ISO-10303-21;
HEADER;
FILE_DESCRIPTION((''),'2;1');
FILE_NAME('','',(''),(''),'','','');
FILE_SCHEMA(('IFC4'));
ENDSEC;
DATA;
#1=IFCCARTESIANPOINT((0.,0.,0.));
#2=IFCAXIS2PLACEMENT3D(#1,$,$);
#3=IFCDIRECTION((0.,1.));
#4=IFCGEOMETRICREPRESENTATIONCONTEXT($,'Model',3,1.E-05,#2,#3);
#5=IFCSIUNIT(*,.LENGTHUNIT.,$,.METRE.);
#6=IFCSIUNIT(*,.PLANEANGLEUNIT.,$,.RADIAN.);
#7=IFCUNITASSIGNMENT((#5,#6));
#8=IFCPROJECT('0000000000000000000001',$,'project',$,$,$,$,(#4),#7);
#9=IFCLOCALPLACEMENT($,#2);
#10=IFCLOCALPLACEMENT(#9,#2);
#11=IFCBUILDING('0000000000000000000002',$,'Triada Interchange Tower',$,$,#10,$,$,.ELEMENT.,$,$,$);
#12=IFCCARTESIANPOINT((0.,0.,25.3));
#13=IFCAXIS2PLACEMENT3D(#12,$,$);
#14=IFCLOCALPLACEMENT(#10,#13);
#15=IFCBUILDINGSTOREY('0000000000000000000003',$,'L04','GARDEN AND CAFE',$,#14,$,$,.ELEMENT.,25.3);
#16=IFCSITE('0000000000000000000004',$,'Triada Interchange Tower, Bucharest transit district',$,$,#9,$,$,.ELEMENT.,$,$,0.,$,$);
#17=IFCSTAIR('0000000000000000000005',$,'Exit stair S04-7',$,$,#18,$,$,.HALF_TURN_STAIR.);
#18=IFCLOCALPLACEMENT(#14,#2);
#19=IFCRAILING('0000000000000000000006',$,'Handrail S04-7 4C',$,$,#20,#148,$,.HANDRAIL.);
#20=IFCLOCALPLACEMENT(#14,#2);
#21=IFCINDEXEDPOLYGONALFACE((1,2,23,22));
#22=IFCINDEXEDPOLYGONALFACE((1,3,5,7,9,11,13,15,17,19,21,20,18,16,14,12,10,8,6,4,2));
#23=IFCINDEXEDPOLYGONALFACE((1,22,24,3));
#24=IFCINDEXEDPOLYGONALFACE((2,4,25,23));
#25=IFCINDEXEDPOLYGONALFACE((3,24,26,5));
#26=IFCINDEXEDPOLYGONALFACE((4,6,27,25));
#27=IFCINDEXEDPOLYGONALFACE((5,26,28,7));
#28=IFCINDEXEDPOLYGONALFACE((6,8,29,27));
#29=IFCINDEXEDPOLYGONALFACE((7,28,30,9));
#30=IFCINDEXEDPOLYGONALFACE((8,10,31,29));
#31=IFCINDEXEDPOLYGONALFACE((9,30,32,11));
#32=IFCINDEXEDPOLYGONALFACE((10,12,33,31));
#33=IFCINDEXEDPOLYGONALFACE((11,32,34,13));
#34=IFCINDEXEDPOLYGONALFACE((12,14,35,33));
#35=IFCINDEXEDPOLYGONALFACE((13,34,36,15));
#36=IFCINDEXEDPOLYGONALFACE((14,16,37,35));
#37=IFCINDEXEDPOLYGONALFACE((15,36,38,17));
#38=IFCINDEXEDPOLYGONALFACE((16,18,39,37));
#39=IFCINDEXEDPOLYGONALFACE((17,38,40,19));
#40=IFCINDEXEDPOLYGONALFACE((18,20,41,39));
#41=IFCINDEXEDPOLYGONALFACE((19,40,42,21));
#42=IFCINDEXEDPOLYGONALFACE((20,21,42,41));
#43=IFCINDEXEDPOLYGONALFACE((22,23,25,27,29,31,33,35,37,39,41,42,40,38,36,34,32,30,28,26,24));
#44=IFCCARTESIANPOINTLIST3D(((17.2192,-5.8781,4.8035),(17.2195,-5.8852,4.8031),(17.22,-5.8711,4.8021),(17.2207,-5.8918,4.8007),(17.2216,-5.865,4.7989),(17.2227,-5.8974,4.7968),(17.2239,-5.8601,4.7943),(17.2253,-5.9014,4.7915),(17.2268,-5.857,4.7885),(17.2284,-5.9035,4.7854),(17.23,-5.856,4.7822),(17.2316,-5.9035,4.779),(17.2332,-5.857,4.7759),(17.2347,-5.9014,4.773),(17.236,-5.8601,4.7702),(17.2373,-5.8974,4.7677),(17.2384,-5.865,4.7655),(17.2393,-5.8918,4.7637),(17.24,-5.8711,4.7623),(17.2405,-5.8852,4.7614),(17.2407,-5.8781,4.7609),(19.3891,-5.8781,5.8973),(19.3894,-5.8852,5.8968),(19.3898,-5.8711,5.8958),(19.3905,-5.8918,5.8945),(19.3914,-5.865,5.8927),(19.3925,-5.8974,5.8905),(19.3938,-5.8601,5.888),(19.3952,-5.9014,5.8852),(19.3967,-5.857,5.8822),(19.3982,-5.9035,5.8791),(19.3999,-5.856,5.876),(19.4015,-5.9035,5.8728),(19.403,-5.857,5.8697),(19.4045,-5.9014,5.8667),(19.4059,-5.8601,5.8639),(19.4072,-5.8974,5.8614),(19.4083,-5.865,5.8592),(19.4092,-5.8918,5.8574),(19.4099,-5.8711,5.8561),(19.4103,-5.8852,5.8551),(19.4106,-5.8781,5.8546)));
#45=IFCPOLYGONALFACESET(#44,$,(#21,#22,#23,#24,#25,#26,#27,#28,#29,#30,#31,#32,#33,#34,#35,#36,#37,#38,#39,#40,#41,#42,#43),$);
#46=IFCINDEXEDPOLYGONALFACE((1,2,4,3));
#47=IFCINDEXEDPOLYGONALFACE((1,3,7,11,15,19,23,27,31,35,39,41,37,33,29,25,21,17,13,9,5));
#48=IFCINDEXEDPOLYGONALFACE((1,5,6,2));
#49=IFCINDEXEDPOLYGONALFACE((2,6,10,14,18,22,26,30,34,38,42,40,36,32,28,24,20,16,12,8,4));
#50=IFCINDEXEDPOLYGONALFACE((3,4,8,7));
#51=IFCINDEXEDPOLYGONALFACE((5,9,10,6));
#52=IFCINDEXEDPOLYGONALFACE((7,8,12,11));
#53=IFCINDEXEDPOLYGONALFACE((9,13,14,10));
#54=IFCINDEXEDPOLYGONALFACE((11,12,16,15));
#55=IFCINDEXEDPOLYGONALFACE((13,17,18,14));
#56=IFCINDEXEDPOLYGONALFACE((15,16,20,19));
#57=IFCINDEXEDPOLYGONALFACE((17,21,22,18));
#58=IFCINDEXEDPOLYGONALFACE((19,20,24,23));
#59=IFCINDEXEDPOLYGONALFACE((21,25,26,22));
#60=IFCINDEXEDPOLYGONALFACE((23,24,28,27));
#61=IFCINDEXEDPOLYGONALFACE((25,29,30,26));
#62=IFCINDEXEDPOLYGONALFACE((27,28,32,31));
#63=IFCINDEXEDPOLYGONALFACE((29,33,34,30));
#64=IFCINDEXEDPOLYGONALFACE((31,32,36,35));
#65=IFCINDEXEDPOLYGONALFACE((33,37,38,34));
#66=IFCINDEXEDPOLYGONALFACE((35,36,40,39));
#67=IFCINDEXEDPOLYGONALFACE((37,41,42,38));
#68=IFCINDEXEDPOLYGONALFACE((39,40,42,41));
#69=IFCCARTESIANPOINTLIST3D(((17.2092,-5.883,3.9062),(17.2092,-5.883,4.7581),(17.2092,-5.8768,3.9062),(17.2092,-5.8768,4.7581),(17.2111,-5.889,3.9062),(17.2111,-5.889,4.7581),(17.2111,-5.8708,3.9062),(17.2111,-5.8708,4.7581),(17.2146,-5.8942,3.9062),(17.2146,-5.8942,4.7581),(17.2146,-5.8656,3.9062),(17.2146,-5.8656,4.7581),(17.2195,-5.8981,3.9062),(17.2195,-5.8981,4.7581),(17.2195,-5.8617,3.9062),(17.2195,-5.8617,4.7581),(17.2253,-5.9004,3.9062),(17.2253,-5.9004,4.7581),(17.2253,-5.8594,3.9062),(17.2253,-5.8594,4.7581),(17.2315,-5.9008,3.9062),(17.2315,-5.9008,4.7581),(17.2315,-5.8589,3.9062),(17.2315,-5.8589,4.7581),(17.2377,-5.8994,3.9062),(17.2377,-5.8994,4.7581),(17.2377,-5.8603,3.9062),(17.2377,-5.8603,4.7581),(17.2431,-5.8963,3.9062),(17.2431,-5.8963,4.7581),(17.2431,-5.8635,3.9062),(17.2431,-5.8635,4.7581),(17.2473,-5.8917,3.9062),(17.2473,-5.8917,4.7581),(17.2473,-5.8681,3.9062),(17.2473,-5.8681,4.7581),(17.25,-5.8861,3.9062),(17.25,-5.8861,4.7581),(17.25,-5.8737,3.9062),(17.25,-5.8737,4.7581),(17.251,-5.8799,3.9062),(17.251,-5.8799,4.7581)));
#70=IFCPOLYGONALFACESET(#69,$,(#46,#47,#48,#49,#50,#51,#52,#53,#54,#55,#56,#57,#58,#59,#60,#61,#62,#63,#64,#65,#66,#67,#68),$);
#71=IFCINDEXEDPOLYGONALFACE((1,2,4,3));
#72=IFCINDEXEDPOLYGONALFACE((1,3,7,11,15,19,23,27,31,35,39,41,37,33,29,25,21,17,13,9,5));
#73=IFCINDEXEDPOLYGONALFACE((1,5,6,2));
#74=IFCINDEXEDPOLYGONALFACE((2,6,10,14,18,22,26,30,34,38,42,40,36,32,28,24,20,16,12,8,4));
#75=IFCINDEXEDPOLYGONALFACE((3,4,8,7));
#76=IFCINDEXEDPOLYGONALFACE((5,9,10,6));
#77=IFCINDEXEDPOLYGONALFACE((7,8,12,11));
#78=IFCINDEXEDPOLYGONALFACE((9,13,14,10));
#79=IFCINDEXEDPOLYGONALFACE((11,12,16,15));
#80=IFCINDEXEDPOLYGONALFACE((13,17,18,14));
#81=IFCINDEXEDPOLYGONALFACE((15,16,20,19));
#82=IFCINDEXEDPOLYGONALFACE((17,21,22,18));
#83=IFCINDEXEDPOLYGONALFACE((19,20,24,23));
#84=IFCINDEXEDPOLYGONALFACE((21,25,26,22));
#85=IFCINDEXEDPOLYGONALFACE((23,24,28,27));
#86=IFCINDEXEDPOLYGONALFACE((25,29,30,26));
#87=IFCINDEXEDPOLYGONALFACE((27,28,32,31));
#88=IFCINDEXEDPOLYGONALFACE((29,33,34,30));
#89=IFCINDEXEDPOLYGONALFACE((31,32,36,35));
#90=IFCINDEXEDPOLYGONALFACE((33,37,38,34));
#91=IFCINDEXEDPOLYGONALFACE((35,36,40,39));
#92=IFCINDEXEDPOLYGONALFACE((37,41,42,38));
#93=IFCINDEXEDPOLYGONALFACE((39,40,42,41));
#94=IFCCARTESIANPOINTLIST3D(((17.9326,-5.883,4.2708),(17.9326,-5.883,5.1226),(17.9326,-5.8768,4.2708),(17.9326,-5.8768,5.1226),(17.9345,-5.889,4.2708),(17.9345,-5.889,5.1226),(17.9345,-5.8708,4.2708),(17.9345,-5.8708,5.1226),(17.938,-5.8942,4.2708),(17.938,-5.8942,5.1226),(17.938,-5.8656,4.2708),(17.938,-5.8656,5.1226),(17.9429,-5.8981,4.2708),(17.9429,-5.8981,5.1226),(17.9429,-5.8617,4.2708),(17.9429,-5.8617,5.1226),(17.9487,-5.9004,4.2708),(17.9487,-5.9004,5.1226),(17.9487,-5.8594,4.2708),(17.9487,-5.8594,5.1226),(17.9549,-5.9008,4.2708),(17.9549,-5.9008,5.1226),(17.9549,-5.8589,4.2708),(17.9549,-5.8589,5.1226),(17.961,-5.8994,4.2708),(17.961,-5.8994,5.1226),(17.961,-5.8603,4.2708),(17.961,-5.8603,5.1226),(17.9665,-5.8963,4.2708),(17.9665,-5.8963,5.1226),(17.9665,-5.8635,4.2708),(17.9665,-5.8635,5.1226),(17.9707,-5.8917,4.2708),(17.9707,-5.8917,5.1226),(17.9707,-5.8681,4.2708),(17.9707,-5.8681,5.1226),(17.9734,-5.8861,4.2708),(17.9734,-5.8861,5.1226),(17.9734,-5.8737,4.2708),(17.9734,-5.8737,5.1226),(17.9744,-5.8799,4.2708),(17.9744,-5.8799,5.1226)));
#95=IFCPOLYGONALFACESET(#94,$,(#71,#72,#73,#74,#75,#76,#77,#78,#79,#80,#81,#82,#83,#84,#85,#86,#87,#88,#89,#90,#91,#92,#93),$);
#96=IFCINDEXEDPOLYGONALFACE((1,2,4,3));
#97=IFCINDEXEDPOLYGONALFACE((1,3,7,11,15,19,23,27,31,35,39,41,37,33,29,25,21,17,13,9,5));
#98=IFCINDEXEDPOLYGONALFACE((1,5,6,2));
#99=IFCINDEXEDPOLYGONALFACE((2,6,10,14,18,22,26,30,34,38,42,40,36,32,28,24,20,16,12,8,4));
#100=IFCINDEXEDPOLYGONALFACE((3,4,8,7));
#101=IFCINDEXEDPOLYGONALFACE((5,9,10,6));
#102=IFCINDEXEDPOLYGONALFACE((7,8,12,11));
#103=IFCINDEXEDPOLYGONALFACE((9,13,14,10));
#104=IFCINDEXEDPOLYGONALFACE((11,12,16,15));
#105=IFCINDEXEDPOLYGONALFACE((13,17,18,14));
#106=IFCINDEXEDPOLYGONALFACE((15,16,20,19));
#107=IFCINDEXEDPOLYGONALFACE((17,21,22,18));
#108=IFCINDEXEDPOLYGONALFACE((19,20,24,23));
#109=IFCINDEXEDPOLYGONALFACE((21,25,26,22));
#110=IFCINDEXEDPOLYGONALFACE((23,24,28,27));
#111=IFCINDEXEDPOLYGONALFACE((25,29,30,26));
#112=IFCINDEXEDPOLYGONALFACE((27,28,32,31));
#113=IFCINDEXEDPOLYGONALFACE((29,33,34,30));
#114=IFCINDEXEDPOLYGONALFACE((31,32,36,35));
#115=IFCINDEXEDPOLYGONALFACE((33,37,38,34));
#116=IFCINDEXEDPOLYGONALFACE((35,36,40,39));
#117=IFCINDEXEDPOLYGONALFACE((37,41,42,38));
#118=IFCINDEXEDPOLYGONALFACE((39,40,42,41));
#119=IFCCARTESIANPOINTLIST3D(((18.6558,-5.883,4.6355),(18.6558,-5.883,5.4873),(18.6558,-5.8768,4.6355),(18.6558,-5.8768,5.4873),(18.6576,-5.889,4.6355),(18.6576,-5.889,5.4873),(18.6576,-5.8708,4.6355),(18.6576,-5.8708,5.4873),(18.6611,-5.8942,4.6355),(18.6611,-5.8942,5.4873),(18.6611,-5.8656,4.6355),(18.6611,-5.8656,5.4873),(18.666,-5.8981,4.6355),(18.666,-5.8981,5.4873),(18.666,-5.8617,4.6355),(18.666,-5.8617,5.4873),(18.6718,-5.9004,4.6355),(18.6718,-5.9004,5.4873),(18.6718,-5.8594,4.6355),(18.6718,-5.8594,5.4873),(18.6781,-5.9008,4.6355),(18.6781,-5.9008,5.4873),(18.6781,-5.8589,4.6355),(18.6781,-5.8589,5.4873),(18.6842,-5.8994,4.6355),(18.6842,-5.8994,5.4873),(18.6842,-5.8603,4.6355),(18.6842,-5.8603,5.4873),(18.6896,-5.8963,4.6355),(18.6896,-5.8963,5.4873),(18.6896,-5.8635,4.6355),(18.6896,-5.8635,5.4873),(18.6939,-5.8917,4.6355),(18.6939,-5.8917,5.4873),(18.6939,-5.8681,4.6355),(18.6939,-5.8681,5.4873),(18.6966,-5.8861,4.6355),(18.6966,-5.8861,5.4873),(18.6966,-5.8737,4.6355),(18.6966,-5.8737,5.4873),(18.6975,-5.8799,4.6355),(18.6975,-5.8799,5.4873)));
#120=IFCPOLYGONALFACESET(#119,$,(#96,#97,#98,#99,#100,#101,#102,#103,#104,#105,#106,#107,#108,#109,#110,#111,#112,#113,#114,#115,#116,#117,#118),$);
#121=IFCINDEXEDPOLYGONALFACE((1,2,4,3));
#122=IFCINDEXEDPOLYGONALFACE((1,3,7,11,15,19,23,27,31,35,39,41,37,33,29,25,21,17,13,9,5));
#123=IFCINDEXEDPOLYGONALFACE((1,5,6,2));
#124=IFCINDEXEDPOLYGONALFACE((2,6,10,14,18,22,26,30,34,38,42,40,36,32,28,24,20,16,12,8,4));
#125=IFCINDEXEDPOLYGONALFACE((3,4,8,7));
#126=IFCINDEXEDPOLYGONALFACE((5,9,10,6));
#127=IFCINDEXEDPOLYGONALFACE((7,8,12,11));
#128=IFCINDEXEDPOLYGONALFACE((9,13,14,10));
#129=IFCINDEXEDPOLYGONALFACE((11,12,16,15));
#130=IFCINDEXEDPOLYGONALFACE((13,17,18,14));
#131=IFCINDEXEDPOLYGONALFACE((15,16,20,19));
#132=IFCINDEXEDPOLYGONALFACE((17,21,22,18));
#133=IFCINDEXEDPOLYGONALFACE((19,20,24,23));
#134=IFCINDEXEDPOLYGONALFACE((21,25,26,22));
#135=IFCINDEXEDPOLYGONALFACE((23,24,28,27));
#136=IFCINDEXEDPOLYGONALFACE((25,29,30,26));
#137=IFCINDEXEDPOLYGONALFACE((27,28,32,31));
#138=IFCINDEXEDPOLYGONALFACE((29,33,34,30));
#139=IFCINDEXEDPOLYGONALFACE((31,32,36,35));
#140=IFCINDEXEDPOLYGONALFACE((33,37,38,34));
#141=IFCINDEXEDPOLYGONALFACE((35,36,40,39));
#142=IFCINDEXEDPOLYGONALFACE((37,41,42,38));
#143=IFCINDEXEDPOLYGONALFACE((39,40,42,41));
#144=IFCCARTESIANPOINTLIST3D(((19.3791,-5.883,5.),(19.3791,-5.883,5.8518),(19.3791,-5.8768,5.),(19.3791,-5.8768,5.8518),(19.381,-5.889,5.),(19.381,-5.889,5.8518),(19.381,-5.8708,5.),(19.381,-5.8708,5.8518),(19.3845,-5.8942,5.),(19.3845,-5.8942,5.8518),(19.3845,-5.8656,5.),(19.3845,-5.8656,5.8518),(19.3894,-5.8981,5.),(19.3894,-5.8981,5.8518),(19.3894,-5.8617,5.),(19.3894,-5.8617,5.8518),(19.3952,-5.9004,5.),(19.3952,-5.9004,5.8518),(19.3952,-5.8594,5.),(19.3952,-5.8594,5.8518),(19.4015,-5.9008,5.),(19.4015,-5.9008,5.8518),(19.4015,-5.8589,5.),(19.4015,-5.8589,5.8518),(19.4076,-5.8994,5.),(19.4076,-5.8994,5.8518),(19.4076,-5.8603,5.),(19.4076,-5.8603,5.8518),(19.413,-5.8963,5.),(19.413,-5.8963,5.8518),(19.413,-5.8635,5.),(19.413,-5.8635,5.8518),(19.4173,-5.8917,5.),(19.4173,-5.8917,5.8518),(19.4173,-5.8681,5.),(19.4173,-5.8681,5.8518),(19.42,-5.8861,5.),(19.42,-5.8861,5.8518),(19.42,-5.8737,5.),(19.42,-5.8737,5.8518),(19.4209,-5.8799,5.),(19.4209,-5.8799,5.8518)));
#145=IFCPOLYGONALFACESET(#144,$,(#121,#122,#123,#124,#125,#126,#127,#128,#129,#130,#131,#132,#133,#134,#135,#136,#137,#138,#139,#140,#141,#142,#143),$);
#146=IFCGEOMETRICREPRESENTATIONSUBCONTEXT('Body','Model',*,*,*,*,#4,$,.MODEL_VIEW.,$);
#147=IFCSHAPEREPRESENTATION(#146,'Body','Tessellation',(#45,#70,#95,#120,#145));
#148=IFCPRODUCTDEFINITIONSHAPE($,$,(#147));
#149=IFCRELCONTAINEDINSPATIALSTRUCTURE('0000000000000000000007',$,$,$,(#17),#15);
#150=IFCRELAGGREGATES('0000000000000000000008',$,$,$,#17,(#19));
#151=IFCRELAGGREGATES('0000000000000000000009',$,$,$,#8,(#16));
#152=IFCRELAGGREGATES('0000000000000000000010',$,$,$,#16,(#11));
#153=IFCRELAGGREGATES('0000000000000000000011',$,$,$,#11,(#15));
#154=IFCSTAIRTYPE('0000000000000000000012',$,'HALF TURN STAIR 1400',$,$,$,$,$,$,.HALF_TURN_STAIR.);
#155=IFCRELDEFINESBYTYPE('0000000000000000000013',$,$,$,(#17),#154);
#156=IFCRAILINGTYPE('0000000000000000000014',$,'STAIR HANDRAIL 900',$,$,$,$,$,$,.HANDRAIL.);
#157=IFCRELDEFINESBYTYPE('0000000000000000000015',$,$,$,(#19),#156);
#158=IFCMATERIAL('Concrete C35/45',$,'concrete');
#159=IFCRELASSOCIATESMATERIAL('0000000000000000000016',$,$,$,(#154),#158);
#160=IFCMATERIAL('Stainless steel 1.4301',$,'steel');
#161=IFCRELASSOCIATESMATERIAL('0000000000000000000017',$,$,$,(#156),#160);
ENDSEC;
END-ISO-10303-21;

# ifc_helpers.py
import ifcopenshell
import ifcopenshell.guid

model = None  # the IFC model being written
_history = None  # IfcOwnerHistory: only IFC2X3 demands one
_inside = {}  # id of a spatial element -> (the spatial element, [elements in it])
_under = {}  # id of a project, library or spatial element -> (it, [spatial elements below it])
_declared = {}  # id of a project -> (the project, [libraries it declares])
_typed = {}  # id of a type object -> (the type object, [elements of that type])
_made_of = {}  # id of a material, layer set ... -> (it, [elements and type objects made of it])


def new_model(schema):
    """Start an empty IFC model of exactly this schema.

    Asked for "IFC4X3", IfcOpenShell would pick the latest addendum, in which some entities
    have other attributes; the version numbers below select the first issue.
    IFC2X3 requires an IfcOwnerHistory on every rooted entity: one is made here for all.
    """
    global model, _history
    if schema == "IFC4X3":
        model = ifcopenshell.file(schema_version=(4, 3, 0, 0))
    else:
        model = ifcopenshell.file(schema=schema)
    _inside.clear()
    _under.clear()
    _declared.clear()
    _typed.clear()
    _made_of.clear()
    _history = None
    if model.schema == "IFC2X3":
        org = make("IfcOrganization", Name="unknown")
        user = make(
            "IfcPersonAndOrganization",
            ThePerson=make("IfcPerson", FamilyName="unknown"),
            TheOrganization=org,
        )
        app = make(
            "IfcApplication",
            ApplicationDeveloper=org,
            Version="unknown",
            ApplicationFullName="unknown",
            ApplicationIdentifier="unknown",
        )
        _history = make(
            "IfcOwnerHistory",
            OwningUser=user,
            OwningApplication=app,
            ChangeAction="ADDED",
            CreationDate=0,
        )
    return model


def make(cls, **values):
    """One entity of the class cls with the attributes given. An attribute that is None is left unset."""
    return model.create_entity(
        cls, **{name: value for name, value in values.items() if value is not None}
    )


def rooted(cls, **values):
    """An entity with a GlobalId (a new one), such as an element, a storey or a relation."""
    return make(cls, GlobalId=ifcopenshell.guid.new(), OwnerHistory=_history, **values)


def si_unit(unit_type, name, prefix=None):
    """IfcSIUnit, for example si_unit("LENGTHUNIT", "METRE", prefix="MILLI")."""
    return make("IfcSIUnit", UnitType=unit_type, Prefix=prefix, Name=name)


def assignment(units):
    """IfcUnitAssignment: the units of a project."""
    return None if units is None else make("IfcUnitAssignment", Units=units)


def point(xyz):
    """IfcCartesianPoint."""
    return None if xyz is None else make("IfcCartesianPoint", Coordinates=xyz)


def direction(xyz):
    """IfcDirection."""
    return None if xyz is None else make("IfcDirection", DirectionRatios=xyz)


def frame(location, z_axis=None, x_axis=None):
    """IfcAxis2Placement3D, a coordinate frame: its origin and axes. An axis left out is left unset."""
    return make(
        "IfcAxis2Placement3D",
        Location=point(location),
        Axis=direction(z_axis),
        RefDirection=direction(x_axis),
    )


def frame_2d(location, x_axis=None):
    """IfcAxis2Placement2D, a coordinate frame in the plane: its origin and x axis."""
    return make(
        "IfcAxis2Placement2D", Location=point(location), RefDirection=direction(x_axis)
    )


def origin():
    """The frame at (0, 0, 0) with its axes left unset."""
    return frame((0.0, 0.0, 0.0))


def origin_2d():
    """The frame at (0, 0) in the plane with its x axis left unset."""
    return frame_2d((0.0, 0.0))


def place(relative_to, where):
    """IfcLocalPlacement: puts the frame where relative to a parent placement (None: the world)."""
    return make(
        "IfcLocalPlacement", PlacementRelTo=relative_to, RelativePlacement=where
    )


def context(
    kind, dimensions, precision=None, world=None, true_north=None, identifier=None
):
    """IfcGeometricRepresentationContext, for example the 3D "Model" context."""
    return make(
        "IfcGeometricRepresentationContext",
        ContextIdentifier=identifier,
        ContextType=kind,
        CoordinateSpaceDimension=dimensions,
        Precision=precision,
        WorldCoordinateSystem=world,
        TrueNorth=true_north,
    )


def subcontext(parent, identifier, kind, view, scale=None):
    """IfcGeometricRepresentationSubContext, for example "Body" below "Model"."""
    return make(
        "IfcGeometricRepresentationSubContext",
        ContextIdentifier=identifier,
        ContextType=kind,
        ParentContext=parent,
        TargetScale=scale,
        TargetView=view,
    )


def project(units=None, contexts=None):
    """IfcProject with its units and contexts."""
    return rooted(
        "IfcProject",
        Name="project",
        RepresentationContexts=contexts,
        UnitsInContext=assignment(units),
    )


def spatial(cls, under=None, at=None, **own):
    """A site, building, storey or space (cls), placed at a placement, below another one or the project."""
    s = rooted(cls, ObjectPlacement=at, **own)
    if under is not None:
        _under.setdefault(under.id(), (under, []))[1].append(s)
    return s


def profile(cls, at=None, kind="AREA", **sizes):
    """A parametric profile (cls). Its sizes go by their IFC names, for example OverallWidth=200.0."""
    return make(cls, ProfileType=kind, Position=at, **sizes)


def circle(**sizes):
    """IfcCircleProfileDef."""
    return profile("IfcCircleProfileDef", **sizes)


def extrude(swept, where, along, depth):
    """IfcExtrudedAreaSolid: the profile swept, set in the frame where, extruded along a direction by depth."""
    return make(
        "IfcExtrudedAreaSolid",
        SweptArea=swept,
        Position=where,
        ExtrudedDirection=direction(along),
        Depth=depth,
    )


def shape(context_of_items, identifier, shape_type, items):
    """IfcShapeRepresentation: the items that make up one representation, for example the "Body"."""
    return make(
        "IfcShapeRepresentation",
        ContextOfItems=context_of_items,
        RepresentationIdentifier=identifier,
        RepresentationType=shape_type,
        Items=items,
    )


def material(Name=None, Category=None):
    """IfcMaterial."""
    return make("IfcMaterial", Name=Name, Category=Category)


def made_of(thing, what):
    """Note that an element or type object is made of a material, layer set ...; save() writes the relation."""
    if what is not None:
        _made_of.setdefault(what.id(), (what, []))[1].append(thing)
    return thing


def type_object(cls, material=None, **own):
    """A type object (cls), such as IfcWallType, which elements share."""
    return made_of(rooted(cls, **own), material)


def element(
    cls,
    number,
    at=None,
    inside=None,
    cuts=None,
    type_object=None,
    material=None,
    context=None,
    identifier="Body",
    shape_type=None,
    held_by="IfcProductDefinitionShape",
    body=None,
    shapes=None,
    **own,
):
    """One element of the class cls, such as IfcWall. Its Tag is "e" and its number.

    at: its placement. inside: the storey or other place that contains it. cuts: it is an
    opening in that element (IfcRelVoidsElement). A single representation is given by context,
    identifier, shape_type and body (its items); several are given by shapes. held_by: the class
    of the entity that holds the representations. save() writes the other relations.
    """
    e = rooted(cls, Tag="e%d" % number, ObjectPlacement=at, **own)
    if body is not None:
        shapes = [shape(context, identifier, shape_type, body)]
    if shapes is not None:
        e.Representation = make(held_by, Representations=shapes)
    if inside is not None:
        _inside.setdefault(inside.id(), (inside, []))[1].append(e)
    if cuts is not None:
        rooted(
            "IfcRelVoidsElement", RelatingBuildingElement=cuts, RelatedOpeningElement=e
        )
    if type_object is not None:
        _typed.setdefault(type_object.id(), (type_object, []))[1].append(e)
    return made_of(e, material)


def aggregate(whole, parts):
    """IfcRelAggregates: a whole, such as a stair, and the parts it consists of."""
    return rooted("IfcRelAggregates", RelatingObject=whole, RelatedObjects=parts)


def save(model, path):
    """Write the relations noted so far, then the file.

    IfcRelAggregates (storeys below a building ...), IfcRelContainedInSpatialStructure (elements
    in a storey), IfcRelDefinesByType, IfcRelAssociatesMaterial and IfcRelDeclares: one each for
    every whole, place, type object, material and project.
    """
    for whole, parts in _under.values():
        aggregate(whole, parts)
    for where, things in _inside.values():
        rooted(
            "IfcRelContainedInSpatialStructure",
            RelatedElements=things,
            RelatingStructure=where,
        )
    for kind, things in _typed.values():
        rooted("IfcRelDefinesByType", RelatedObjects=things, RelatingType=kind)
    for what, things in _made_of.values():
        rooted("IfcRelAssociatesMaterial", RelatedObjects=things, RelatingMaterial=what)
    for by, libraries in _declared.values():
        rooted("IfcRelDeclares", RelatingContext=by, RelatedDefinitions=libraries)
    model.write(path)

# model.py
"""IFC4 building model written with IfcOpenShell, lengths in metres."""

from ifc_helpers import new_model, si_unit, direction, frame, origin, origin_2d, place, context, subcontext, project, spatial, circle, extrude, material, type_object, element, aggregate, save


model = new_model("IFC4")

# Units and contexts
model_context = context("Model", 3, precision=1e-05, world=origin(), true_north=direction((0.0, 1.0)))
body_context = subcontext(model_context, "Body", "Model", "MODEL_VIEW")
ifc_project = project(units=[si_unit("LENGTHUNIT", "METRE"), si_unit("PLANEANGLEUNIT", "RADIAN")], contexts=[model_context])

# Site, building, storey
site_placement = place(None, origin())
site = spatial("IfcSite", under=ifc_project, at=site_placement, Name="Triada Interchange Tower, Bucharest transit district", CompositionType="ELEMENT", RefElevation=0.0)
building_placement = place(site_placement, origin())
building = spatial("IfcBuilding", under=site, at=building_placement, Name="Triada Interchange Tower", CompositionType="ELEMENT")
storey_placement = place(building_placement, frame((0.0, 0.0, 25.3)))
storey = spatial("IfcBuildingStorey", under=building, at=storey_placement, Name="L04", Description="GARDEN AND CAFE", CompositionType="ELEMENT", Elevation=25.3)

# Shared definitions
ifc_material_1 = material(Name="Concrete C35/45", Category="concrete")

# Stair, railing
stair_type = type_object("IfcStairType", Name="HALF TURN STAIR 1400", PredefinedType="HALF_TURN_STAIR", material=ifc_material_1)
stair_placement = place(storey_placement, origin())
stair = element("IfcStair", 1, at=stair_placement, inside=storey, type_object=stair_type, Name="Exit stair S04-7", PredefinedType="HALF_TURN_STAIR")
ifc_material_2 = material(Name="Stainless steel 1.4301", Category="steel")
railing_type_1 = type_object("IfcRailingType", Name="STAIR HANDRAIL 900", PredefinedType="HANDRAIL", material=ifc_material_2)
railing_1_placement = place(storey_placement, frame((17.23, -5.8799, 3.9062)))
railing_1 = element("IfcRailing", 2, at=railing_1_placement, type_object=railing_type_1, Name="Handrail S04-7 4C", PredefinedType="HANDRAIL", context=body_context, shape_type="SweptSolid", body=[
    extrude(circle(Radius=0.0239, at=origin_2d()), frame((0.0, 0.0, 0.876), z_axis=(0.892976, 0.0, 0.450105), x_axis=(0.0, 1.0, 0.0)), (0.0, 0.0, 1.0), 2.4299),
    extrude(circle(Radius=0.021, at=origin_2d()), origin(), (0.0, 0.0, 1.0), 0.8518),
    extrude(circle(Radius=0.021, at=origin_2d()), frame((0.7234, 0.0, 0.3645)), (0.0, 0.0, 1.0), 0.8518),
    extrude(circle(Radius=0.021, at=origin_2d()), frame((1.4465, 0.0, 0.7292)), (0.0, 0.0, 1.0), 0.8518),
    extrude(circle(Radius=0.021, at=origin_2d()), frame((2.1699, 0.0, 1.0938)), (0.0, 0.0, 1.0), 0.8518),
])
aggregate(stair, [railing_1])

save(model, "model.ifc")
